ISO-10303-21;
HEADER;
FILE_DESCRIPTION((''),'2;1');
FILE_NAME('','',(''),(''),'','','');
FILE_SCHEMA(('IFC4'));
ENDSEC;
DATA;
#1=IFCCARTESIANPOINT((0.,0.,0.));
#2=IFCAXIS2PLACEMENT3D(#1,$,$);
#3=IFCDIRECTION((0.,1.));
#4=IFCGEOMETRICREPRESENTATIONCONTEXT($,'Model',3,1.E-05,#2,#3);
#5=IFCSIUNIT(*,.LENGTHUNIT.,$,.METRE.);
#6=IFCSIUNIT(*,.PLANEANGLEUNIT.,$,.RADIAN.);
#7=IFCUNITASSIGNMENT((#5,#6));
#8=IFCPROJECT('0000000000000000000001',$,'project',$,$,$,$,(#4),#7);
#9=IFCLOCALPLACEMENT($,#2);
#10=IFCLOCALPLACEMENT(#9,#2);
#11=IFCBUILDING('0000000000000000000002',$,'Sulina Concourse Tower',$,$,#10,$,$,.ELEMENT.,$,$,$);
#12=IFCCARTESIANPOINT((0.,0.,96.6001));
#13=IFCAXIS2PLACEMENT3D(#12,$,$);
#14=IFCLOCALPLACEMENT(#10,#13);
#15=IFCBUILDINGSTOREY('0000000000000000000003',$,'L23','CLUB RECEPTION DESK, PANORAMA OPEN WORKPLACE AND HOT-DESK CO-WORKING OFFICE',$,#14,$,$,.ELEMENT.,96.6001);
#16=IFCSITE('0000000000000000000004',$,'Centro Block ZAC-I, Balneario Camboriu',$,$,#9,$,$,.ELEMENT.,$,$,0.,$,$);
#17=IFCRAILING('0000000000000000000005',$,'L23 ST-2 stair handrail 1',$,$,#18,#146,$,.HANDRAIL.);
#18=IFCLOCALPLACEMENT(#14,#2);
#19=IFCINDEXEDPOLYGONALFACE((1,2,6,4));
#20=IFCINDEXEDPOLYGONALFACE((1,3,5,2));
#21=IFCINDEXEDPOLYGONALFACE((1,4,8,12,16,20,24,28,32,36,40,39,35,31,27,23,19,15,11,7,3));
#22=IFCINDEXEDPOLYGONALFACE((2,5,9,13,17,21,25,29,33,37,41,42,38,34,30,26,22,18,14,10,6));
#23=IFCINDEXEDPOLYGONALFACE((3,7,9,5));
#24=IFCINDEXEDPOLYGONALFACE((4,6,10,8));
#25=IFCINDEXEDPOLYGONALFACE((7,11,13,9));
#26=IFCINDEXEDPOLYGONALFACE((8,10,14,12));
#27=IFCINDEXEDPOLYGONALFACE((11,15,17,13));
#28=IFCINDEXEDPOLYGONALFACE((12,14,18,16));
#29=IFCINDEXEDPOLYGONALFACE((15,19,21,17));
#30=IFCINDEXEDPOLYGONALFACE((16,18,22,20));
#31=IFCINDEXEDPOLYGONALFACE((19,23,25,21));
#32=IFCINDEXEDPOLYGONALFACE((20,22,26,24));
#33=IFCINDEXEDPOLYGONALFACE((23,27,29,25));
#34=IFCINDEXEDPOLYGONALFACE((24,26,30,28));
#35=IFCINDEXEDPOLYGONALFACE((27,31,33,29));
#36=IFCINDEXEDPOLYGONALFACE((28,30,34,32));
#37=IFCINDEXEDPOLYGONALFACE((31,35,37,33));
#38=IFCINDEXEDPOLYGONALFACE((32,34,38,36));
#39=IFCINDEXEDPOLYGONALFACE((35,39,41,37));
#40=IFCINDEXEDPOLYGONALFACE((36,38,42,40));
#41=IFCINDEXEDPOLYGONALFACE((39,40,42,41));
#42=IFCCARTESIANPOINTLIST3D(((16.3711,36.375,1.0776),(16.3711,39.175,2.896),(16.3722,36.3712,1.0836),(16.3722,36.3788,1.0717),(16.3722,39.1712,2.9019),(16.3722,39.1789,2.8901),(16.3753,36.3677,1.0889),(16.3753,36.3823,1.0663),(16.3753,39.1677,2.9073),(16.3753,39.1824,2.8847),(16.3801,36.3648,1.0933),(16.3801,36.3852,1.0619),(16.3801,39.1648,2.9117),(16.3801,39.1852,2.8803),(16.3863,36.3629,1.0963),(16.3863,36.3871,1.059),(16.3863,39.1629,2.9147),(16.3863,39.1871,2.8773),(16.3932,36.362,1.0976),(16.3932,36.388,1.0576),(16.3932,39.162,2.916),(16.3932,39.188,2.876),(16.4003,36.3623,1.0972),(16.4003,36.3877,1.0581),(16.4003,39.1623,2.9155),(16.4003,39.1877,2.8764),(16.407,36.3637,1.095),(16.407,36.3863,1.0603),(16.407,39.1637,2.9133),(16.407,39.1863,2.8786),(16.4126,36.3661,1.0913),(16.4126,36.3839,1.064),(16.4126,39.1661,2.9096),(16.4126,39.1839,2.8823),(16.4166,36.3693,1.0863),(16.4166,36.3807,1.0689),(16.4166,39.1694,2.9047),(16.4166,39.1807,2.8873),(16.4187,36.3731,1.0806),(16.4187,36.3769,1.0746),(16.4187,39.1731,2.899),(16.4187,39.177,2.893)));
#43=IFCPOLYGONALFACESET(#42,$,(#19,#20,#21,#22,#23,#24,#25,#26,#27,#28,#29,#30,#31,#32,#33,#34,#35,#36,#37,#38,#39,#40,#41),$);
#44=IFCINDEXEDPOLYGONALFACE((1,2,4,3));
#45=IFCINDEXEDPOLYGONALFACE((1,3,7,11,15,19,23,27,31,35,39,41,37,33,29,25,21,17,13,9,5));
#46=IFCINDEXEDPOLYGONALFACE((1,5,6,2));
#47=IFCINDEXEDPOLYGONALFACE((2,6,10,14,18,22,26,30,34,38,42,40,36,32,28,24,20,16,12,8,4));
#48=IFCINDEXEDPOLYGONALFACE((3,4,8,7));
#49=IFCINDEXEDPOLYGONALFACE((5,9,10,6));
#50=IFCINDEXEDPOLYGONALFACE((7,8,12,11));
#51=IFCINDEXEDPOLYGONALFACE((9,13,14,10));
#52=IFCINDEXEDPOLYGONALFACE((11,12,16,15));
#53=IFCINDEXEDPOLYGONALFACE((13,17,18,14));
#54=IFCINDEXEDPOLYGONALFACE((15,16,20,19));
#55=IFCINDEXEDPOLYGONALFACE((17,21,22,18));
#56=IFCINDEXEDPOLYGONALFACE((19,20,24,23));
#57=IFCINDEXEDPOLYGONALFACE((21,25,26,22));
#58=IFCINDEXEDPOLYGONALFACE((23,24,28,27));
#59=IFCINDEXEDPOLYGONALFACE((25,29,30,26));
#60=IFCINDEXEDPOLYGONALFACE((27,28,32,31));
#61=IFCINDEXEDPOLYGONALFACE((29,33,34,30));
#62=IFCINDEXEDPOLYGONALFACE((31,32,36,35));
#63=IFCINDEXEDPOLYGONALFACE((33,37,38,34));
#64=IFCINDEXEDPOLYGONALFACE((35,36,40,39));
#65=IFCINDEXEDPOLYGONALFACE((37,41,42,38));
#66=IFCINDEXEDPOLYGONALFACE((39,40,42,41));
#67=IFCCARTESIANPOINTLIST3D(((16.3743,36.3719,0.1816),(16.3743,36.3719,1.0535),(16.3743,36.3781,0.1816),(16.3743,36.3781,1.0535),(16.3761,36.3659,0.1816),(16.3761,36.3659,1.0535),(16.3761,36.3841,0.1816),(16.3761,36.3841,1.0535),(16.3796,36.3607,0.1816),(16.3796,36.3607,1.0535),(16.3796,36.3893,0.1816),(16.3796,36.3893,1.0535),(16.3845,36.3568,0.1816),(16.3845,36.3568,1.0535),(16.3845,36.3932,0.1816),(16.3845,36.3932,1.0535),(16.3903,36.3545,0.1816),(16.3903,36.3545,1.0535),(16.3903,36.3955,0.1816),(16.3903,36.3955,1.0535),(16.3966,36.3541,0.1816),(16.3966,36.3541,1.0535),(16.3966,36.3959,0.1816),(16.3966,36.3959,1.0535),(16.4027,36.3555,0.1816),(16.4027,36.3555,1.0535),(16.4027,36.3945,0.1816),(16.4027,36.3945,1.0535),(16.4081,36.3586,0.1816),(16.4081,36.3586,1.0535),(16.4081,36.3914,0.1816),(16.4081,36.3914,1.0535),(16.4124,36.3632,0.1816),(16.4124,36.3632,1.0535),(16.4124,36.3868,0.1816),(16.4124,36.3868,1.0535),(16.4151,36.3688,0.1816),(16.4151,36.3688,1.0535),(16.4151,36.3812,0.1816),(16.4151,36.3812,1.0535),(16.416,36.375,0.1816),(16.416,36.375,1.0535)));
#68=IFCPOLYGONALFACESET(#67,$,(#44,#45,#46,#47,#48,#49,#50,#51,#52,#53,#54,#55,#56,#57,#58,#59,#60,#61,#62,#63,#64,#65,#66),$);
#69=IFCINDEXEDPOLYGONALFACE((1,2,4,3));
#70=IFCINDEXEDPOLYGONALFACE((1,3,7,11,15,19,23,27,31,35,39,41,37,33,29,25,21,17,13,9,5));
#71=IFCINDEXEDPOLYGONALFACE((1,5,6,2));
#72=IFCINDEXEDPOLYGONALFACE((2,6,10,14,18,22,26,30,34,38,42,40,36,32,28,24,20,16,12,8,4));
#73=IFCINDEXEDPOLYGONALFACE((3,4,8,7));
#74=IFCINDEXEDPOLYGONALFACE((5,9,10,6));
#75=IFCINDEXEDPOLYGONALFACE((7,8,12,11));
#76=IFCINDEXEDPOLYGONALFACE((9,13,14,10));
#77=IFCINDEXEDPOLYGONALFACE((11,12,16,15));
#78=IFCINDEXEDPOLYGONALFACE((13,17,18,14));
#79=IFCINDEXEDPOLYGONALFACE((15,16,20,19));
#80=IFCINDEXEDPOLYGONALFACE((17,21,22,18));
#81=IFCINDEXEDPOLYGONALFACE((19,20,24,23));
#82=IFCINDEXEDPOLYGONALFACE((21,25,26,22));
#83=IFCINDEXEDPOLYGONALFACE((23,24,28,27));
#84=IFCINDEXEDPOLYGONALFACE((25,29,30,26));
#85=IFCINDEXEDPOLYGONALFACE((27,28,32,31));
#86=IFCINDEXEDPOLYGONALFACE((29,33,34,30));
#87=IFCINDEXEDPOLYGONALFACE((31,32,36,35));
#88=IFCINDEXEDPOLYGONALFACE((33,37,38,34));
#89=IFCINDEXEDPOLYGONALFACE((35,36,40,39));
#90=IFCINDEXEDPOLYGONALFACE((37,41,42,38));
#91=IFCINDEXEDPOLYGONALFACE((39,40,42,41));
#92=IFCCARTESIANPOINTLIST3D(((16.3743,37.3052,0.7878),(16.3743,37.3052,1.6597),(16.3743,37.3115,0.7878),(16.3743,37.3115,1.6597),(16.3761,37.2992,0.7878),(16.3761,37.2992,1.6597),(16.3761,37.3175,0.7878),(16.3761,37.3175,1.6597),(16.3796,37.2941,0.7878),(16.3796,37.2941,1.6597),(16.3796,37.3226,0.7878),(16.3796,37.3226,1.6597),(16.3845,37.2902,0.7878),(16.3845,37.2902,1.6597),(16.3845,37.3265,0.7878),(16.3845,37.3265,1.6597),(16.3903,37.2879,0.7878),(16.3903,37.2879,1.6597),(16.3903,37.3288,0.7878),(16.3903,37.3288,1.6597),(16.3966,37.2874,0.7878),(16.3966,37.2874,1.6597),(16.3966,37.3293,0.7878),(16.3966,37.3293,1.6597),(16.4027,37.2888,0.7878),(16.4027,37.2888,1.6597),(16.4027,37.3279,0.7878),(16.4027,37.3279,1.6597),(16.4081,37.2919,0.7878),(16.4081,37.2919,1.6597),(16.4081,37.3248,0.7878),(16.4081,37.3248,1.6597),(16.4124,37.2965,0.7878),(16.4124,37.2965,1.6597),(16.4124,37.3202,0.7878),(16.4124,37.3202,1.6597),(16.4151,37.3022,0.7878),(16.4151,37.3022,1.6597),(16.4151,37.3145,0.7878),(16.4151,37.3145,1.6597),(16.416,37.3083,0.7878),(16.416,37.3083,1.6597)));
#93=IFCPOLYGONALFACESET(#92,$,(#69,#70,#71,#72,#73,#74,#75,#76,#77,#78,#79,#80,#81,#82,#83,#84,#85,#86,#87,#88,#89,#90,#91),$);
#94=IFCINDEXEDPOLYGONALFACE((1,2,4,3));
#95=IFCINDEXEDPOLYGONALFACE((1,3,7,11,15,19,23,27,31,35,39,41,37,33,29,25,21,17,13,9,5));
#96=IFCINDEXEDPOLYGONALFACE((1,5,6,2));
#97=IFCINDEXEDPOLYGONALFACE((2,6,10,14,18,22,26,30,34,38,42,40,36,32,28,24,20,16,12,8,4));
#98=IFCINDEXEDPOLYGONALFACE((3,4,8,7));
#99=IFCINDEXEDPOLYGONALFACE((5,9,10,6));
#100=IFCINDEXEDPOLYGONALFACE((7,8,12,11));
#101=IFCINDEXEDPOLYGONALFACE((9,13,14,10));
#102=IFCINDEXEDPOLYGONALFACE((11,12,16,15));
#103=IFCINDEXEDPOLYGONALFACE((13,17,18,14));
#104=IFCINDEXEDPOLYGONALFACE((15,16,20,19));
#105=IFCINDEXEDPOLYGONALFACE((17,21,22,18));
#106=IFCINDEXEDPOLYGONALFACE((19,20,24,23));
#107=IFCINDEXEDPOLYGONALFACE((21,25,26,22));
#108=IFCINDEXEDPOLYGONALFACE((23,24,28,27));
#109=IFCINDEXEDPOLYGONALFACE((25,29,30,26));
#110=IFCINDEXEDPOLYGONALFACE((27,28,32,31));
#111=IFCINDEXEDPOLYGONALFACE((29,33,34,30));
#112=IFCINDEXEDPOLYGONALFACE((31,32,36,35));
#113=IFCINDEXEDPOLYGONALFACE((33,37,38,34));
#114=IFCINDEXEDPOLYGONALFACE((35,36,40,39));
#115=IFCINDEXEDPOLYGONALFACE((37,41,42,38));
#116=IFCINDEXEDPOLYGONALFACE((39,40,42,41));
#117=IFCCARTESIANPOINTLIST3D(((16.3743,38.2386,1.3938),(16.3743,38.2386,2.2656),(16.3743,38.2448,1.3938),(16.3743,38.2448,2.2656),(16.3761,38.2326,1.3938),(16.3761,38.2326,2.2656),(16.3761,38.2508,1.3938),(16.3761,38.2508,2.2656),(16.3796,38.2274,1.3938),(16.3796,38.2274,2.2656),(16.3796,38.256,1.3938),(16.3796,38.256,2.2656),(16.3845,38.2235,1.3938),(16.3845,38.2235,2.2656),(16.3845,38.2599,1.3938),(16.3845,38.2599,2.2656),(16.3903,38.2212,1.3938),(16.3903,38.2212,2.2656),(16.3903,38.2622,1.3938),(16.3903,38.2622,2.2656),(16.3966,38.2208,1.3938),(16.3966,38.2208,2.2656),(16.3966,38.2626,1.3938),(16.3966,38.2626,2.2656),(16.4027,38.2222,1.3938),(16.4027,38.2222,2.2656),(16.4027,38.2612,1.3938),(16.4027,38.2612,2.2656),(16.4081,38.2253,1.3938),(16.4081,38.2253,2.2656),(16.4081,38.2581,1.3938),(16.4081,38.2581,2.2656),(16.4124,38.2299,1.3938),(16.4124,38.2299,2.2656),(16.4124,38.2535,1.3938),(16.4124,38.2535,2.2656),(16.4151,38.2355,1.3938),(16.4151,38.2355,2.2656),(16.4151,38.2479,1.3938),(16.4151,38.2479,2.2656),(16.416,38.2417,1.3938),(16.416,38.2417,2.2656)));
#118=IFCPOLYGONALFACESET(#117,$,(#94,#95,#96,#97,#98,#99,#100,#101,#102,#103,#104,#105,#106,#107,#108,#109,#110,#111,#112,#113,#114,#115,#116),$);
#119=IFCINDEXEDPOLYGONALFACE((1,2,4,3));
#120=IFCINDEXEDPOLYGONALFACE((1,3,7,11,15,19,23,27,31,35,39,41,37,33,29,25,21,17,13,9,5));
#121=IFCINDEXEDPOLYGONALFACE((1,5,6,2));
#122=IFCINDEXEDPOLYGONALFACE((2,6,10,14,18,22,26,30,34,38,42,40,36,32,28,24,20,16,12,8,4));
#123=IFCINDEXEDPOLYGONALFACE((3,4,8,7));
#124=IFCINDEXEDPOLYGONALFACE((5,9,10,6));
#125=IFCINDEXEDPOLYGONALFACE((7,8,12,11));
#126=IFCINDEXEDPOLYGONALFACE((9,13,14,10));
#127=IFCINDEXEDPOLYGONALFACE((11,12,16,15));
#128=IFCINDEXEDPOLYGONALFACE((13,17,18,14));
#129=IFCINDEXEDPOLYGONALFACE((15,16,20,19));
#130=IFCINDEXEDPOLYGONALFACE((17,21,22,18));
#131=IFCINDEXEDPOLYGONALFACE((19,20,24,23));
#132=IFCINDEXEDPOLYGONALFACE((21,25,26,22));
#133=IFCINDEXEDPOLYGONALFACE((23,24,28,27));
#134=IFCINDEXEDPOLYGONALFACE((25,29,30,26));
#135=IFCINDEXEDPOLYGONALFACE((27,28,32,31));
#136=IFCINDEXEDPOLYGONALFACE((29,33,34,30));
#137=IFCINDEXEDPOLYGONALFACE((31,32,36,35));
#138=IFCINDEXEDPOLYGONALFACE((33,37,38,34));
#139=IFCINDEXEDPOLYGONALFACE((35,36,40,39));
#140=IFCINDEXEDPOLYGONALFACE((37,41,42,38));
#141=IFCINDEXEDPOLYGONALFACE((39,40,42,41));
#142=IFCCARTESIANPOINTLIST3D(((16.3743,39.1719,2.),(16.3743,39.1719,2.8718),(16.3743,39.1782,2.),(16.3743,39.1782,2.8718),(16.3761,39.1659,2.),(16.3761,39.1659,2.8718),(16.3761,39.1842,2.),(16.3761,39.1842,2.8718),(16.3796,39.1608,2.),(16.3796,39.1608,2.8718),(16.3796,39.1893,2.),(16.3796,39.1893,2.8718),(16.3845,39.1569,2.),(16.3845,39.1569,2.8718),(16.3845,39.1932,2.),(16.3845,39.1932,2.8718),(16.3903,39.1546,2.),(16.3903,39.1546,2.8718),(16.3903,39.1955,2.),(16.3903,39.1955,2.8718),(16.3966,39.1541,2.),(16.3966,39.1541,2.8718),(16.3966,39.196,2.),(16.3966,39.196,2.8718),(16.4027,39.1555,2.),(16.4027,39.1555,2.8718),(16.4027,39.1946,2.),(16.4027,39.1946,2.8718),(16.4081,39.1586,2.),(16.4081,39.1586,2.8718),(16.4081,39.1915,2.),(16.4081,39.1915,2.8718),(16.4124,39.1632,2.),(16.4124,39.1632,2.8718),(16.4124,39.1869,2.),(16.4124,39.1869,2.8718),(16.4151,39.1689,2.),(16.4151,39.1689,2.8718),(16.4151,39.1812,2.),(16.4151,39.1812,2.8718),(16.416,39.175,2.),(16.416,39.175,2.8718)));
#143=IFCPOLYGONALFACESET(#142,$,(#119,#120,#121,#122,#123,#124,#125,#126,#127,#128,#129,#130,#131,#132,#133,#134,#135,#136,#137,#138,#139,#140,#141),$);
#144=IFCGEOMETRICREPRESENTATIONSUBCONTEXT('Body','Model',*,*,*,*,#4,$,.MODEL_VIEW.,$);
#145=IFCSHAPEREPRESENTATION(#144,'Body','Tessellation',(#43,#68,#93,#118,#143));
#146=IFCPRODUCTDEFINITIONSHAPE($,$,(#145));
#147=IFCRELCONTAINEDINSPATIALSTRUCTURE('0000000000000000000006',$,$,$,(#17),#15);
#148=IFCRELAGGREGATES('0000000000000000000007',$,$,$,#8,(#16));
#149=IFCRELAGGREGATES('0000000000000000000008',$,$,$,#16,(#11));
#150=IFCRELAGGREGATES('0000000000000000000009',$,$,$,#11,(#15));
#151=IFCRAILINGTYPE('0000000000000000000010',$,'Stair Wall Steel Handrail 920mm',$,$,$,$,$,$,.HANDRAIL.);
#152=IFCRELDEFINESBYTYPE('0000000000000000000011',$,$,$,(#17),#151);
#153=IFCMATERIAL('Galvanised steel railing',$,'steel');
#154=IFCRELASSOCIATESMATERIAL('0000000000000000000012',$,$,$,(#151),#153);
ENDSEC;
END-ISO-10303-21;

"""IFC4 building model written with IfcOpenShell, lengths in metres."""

from ifc_helpers import new_model, si_unit, direction, frame, origin, origin_2d, place, context, subcontext, project, spatial, circle, extrude, material, type_object, element, save


model = new_model("IFC4")

# Units and contexts
model_context = context("Model", 3, precision=1e-05, world=origin(), true_north=direction((0.0, 1.0)))
body_context = subcontext(model_context, "Body", "Model", "MODEL_VIEW")
ifc_project = project(units=[si_unit("LENGTHUNIT", "METRE"), si_unit("PLANEANGLEUNIT", "RADIAN")], contexts=[model_context])

# Site, building, storey
site_placement = place(None, origin())
site = spatial("IfcSite", under=ifc_project, at=site_placement, Name="Centro Block ZAC-I, Balneario Camboriu", CompositionType="ELEMENT", RefElevation=0.0)
building_placement = place(site_placement, origin())
building = spatial("IfcBuilding", under=site, at=building_placement, Name="Sulina Concourse Tower", CompositionType="ELEMENT")
storey_placement = place(building_placement, frame((0.0, 0.0, 96.6001)))
storey = spatial("IfcBuildingStorey", under=building, at=storey_placement, Name="L23", Description="CLUB RECEPTION DESK, PANORAMA OPEN WORKPLACE AND HOT-DESK CO-WORKING OFFICE", CompositionType="ELEMENT", Elevation=96.6001)

# Railing
ifc_material_1 = material(Name="Galvanised steel railing", Category="steel")
railing_type_1 = type_object("IfcRailingType", Name="Stair Wall Steel Handrail 920mm", PredefinedType="HANDRAIL", material=ifc_material_1)
railing_1_placement = place(storey_placement, frame((16.395, 36.375, 0.1816)))
element("IfcRailing", 1, at=railing_1_placement, inside=storey, type_object=railing_type_1, Name="L23 ST-2 stair handrail 1", PredefinedType="HANDRAIL", context=body_context, shape_type="SweptSolid", body=[
    extrude(circle(Radius=0.0239, at=origin_2d()), frame((0.0, 0.0, 0.896), z_axis=(0.0, 0.838672, 0.544636), x_axis=(-1.0, 0.0, 0.0)), (0.0, 0.0, 1.0), 3.3386),
    extrude(circle(Radius=0.021, at=origin_2d()), origin(), (0.0, 0.0, 1.0), 0.8718),
    extrude(circle(Radius=0.021, at=origin_2d()), frame((0.0, 0.9333, 0.6062)), (0.0, 0.0, 1.0), 0.8718),
    extrude(circle(Radius=0.021, at=origin_2d()), frame((0.0, 1.8667, 1.2122)), (0.0, 0.0, 1.0), 0.8718),
    extrude(circle(Radius=0.021, at=origin_2d()), frame((0.0, 2.8, 1.8184)), (0.0, 0.0, 1.0), 0.8718),
])

save(model, "model.ifc")
